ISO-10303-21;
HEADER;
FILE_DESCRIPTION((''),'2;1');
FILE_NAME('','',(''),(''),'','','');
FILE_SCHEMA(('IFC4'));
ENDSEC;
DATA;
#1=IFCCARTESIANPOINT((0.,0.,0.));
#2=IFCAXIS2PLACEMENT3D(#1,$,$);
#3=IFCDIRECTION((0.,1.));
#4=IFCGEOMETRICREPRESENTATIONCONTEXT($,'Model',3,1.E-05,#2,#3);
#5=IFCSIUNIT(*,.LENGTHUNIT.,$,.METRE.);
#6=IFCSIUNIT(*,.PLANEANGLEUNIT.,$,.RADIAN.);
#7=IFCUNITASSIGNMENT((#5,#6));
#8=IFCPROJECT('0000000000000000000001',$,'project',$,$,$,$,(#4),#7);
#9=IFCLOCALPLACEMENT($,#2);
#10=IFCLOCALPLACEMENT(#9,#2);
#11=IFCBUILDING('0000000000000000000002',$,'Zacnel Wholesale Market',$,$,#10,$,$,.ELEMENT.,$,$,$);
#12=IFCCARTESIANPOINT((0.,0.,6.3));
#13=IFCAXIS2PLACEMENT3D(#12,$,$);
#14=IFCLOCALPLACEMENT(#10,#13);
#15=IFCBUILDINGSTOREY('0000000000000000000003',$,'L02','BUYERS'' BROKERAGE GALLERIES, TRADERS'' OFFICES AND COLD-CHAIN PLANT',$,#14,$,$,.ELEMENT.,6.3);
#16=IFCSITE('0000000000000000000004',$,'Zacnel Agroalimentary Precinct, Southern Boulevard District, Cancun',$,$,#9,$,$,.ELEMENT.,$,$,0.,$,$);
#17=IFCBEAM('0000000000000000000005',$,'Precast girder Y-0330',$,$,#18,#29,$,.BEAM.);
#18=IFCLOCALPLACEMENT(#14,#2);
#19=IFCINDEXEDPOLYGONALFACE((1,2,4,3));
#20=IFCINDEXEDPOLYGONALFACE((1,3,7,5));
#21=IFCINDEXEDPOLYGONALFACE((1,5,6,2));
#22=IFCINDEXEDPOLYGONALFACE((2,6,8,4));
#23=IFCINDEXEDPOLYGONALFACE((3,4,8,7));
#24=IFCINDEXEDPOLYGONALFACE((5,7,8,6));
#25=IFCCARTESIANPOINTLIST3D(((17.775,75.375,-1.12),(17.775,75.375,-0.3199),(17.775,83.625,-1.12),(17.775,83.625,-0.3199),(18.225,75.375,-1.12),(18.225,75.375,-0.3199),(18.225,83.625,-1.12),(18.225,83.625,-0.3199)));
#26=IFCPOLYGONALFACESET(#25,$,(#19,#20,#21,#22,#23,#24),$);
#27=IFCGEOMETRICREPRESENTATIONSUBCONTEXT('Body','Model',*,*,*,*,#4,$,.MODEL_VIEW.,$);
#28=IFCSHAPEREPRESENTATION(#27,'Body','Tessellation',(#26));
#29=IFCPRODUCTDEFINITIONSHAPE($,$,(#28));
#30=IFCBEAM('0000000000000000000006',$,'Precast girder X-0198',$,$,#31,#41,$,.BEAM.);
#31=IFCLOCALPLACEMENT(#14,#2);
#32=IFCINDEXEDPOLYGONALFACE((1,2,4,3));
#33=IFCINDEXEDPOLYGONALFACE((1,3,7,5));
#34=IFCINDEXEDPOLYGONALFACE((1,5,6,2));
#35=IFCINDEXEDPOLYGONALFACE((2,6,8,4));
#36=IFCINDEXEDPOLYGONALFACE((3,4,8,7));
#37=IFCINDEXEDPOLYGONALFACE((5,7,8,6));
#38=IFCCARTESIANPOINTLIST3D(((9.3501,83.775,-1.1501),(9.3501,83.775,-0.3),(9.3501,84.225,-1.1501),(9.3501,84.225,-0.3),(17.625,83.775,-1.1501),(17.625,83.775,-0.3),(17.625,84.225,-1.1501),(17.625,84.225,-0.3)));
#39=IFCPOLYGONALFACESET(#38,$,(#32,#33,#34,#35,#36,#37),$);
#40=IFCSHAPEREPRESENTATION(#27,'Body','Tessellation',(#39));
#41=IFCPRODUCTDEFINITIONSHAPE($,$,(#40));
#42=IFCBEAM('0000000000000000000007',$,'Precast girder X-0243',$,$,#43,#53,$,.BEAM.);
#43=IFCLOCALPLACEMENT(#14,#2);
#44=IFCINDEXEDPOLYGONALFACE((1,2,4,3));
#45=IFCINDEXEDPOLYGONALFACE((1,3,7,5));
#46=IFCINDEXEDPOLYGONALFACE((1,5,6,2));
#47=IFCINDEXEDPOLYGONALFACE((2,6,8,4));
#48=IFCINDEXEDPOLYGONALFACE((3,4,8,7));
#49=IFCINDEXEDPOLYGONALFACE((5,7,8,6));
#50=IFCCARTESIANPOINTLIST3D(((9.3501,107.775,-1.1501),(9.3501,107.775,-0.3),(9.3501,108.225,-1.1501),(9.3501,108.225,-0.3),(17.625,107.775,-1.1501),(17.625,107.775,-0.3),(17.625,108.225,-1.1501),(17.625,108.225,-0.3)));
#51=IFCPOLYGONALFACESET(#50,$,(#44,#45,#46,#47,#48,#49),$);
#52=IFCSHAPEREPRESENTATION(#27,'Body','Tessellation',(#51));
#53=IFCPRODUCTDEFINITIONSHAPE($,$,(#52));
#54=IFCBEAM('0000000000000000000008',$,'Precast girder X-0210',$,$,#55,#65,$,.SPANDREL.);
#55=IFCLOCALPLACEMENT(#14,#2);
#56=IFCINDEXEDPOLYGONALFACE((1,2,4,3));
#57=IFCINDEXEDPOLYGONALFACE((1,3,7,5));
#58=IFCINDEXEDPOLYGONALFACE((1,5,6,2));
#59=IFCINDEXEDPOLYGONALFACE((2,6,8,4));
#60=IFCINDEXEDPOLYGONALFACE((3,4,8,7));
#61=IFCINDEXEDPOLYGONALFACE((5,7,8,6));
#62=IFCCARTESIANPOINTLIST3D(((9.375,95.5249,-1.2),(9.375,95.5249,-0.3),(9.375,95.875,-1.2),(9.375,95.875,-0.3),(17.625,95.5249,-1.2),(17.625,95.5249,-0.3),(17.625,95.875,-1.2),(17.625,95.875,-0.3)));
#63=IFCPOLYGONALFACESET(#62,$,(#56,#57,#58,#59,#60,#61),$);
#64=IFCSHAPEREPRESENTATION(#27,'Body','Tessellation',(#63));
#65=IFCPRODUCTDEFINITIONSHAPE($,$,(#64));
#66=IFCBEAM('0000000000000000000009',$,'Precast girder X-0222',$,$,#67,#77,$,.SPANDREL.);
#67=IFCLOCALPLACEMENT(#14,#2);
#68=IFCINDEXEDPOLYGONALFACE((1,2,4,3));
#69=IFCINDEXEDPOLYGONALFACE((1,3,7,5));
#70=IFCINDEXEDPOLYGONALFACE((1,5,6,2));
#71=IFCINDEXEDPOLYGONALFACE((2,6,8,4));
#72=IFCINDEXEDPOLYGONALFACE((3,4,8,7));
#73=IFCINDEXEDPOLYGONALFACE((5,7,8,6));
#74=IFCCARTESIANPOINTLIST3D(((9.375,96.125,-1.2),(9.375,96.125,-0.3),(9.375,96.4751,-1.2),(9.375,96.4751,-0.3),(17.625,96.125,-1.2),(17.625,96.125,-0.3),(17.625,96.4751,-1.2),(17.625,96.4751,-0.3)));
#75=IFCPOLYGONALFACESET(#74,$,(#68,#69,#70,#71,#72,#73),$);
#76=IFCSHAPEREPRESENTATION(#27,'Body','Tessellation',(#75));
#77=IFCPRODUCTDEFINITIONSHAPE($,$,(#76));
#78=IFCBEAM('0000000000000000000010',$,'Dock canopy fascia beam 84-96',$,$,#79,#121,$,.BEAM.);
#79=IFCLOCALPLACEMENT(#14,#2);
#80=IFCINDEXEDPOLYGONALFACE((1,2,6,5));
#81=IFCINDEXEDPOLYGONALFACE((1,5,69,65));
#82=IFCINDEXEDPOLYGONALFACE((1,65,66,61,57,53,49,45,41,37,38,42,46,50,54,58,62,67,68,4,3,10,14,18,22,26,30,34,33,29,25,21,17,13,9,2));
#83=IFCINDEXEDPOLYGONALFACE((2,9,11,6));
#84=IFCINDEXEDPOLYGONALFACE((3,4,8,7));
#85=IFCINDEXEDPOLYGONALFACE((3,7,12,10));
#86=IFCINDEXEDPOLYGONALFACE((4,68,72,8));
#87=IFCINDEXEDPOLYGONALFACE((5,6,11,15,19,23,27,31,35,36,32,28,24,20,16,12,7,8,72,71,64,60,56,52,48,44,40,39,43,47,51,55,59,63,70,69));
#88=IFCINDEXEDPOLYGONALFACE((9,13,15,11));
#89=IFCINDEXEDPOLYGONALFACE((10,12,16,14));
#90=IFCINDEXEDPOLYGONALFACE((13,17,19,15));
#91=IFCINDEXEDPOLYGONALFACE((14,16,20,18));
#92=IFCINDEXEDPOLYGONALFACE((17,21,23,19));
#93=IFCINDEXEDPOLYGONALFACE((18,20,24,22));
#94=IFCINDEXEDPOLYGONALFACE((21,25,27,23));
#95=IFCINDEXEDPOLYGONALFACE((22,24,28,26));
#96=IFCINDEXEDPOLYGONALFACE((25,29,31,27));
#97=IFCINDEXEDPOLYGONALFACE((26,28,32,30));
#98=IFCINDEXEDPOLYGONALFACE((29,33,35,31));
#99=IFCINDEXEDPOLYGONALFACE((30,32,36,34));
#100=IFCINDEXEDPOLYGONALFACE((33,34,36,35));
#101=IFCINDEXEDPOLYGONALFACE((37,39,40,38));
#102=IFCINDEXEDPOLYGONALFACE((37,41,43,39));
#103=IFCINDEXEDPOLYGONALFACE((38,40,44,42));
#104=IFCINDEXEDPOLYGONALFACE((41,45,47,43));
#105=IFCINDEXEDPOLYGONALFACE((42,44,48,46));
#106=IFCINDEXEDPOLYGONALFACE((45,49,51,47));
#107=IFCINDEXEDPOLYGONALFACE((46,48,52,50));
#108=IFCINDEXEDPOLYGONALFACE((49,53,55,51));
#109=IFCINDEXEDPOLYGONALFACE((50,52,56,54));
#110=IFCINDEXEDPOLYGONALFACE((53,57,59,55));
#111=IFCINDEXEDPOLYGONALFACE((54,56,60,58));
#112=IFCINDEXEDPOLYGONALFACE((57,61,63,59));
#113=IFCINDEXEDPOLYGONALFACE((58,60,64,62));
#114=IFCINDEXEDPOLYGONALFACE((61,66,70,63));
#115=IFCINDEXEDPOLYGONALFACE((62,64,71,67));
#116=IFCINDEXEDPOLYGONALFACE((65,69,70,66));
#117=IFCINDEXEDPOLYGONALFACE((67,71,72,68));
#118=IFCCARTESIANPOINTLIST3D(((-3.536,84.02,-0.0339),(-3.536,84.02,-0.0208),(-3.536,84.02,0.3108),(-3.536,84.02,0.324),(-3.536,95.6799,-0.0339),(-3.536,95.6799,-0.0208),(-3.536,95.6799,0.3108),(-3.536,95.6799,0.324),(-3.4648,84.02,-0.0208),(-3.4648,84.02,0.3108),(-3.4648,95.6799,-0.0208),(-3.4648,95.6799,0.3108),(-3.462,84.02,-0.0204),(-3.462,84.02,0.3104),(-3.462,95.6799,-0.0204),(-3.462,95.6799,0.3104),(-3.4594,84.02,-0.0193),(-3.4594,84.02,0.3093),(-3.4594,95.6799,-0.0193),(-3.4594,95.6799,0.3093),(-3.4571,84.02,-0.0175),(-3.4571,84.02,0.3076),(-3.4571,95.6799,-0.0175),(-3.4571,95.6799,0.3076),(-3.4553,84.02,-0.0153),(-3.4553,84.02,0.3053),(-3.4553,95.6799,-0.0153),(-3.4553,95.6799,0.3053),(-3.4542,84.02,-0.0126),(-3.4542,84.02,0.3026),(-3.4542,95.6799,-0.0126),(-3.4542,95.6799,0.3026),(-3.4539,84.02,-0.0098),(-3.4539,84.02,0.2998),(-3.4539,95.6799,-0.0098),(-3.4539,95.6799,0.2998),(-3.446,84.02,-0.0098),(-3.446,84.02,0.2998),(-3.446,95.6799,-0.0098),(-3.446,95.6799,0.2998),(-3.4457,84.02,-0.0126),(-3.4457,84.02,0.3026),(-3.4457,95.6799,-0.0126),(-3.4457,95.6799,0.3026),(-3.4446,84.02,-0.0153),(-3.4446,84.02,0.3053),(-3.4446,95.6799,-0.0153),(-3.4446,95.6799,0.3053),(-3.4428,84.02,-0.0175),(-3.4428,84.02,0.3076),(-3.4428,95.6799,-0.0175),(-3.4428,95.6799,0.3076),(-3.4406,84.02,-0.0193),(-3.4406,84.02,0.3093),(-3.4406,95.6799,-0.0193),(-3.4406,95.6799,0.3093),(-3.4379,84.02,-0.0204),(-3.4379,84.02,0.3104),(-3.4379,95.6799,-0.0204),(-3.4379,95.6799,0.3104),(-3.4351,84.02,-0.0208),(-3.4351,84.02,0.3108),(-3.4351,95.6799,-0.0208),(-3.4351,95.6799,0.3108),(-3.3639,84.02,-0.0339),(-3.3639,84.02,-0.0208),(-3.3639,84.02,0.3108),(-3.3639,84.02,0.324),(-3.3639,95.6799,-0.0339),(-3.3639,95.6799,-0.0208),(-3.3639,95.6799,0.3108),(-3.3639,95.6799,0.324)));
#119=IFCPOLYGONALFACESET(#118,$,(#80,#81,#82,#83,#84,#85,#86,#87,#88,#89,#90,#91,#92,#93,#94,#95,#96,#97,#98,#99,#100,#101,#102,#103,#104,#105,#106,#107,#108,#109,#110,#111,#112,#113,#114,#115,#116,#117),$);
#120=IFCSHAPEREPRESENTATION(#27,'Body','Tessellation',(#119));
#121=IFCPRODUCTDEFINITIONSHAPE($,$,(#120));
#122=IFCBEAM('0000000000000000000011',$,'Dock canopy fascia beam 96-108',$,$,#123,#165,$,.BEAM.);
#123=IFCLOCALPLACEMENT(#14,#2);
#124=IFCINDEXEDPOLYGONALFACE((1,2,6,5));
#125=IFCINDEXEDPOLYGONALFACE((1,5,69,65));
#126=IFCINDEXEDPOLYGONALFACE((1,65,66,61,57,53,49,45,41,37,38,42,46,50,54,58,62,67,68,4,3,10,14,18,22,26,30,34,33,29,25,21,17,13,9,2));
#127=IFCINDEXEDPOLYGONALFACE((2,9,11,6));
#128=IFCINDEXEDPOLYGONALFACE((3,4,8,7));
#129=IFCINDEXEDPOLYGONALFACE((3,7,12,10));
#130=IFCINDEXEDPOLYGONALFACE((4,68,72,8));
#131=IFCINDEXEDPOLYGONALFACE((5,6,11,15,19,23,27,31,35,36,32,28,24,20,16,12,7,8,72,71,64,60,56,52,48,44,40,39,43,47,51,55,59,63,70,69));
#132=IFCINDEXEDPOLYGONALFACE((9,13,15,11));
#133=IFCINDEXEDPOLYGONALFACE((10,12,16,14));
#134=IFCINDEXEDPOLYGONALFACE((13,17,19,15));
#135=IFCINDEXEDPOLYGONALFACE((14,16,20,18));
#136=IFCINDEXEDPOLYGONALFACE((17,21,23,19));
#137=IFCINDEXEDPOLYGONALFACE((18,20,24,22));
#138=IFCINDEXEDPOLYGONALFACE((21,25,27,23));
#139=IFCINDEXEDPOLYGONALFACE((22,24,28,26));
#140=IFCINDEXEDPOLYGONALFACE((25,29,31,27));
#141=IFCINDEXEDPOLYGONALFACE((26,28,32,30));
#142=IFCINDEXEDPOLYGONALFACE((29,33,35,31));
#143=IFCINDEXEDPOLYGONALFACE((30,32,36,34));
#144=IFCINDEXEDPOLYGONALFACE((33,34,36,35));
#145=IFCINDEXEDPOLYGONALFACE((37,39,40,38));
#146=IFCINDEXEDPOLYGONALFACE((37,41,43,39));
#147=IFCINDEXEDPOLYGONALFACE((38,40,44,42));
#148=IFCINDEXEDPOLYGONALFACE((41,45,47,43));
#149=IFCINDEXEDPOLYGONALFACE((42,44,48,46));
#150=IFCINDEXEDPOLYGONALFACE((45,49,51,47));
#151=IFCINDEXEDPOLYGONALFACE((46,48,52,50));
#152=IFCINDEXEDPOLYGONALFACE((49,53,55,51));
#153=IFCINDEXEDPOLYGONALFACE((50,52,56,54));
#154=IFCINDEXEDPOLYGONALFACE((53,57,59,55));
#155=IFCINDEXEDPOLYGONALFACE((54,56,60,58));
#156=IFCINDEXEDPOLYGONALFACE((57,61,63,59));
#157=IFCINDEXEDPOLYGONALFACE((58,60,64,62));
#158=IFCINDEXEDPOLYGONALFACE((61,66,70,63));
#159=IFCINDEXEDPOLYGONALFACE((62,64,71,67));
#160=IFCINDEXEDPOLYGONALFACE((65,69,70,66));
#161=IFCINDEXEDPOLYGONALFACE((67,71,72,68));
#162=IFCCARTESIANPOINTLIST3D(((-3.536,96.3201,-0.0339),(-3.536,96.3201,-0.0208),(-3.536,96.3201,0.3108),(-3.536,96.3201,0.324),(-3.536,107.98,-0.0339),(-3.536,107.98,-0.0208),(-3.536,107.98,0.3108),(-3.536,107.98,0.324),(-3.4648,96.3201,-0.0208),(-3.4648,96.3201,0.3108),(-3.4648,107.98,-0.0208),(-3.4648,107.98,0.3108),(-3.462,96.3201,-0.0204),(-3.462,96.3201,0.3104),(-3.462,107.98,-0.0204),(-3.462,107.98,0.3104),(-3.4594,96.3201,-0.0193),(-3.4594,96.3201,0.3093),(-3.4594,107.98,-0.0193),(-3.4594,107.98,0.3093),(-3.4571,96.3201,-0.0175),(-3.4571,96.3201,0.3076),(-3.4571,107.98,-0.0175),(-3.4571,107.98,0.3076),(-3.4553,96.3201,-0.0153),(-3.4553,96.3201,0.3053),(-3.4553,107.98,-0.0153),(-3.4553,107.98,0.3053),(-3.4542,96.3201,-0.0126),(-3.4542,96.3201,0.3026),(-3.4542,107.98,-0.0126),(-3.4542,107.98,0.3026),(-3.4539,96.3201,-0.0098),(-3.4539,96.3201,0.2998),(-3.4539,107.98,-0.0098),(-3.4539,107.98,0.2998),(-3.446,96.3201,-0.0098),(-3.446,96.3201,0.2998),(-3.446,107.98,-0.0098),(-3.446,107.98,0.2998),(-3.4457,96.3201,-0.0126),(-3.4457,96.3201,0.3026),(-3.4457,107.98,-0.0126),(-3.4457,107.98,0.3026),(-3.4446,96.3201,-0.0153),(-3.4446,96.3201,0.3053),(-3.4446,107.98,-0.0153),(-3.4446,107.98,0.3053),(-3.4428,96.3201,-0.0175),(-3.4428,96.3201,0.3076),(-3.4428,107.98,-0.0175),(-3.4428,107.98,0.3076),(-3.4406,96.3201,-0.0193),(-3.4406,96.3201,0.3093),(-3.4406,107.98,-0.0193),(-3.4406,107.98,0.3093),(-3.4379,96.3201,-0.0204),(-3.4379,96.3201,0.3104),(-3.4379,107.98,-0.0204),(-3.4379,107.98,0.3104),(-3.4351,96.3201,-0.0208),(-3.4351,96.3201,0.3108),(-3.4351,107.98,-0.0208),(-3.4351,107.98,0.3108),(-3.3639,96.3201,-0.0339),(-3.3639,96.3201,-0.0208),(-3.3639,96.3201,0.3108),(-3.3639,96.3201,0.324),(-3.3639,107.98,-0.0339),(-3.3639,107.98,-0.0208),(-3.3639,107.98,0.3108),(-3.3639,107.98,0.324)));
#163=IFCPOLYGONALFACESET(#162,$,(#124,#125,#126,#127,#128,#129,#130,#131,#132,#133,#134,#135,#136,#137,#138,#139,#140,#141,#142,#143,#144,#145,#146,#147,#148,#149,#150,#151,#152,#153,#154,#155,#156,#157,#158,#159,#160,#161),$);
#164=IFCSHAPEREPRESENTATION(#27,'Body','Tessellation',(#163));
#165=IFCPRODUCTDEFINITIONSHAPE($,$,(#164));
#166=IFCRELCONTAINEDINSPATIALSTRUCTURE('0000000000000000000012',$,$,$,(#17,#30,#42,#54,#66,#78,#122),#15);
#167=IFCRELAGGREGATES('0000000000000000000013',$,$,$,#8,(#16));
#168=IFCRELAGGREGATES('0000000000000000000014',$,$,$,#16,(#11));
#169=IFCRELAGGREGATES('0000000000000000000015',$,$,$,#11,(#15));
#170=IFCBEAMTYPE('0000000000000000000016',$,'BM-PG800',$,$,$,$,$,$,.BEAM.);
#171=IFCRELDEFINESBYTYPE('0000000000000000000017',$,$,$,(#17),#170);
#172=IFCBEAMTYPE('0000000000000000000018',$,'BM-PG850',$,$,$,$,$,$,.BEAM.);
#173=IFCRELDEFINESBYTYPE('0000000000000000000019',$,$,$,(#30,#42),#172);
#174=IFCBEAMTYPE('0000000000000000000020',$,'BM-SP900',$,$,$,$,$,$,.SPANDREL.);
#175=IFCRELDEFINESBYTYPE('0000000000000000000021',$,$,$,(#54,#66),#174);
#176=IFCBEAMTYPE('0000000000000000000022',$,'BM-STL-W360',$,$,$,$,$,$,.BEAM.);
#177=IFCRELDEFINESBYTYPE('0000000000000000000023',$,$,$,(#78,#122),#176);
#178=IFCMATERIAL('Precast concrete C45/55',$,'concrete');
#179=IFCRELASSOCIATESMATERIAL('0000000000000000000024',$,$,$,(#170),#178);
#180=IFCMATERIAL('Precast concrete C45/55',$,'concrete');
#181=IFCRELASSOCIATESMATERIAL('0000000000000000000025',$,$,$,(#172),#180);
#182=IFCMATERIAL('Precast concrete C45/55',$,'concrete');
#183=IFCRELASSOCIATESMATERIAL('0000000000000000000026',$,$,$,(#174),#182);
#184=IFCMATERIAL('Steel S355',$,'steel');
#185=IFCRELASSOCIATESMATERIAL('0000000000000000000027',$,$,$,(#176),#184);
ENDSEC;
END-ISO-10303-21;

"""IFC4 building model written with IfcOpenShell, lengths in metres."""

from ifc_helpers import new_model, si_unit, direction, frame, origin, origin_2d, place, context, subcontext, project, spatial, rectangle, i_section, extrude, material, material_profile, profile_set, type_object, element, save


model = new_model("IFC4")

# Units and contexts
model_context = context("Model", 3, precision=1e-05, world=origin(), true_north=direction((0.0, 1.0)))
body_context = subcontext(model_context, "Body", "Model", "MODEL_VIEW")
ifc_project = project(units=[si_unit("LENGTHUNIT", "METRE"), si_unit("PLANEANGLEUNIT", "RADIAN")], contexts=[model_context])

# Site, building, storey
site_placement = place(None, origin())
site = spatial("IfcSite", under=ifc_project, at=site_placement, Name="Zacnel Agroalimentary Precinct, Southern Boulevard District, Cancun", CompositionType="ELEMENT", RefElevation=0.0)
building_placement = place(site_placement, origin())
building = spatial("IfcBuilding", under=site, at=building_placement, Name="Zacnel Wholesale Market", CompositionType="ELEMENT")
storey_placement = place(building_placement, frame((0.0, 0.0, 6.3)))
storey = spatial("IfcBuildingStorey", under=building, at=storey_placement, Name="L02", Description="BUYERS' BROKERAGE GALLERIES, TRADERS' OFFICES AND COLD-CHAIN PLANT", CompositionType="ELEMENT", Elevation=6.3)

# Beams
ifc_material_1 = material(Name="Precast concrete C45/55", Category="concrete")
ifc_material_profile_1 = material_profile(ifc_material_1, rectangle(XDim=0.45, YDim=0.8, at=origin_2d()), Name="PG 450x800")
ifc_profile_set_1 = profile_set([ifc_material_profile_1], Name="Precast concrete C45/55")
beam_type_1 = type_object("IfcBeamType", Name="BM-PG800", PredefinedType="BEAM", material=ifc_profile_set_1)
beam_1_placement = place(storey_placement, frame((18.0, 75.375, -0.72), z_axis=(0.0, 1.0, 0.0), x_axis=(-1.0, 0.0, 0.0)))
element("IfcBeam", 1, at=beam_1_placement, inside=storey, type_object=beam_type_1, Name="Precast girder Y-0330", PredefinedType="BEAM", context=body_context, shape_type="SweptSolid", body=[
    extrude(rectangle(XDim=0.45, YDim=0.8, at=origin_2d()), origin(), (0.0, 0.0, 1.0), 8.25),
])
ifc_material_2 = material(Name="Precast concrete C45/55", Category="concrete")
ifc_material_profile_2 = material_profile(ifc_material_2, rectangle(XDim=0.45, YDim=0.8501, at=origin_2d()), Name="PG 450x850")
ifc_profile_set_2 = profile_set([ifc_material_profile_2], Name="Precast concrete C45/55")
beam_type_2 = type_object("IfcBeamType", Name="BM-PG850", PredefinedType="BEAM", material=ifc_profile_set_2)
for number, where, z_axis, x_axis, name in (
    (2, (9.3501, 84.0, -0.7251), (1.0, 0.0, 0.0), (0.0, 1.0, 0.0), "Precast girder X-0198"),
    (3, (9.3501, 108.0, -0.7251), (1.0, 0.0, 0.0), (0.0, 1.0, 0.0), "Precast girder X-0243"),
):
    element("IfcBeam", number, at=place(storey_placement, frame(where, z_axis=z_axis, x_axis=x_axis)), inside=storey, type_object=beam_type_2, Name=name, PredefinedType="BEAM", context=body_context, shape_type="SweptSolid", body=[
        extrude(rectangle(XDim=0.45, YDim=0.8501, at=origin_2d()), origin(), (0.0, 0.0, 1.0), 8.2749),
    ])
ifc_material_3 = material(Name="Precast concrete C45/55", Category="concrete")
ifc_material_profile_3 = material_profile(ifc_material_3, rectangle(XDim=0.3501, YDim=0.8999, at=origin_2d()), Name="SP 350x900")
ifc_profile_set_3 = profile_set([ifc_material_profile_3], Name="Precast concrete C45/55")
beam_type_3 = type_object("IfcBeamType", Name="BM-SP900", PredefinedType="SPANDREL", material=ifc_profile_set_3)
for number, where, z_axis, x_axis, name in (
    (4, (9.375, 95.7, -0.75), (1.0, 0.0, 0.0), (0.0, 1.0, 0.0), "Precast girder X-0210"),
    (5, (9.375, 96.3, -0.75), (1.0, 0.0, 0.0), (0.0, 1.0, 0.0), "Precast girder X-0222"),
):
    element("IfcBeam", number, at=place(storey_placement, frame(where, z_axis=z_axis, x_axis=x_axis)), inside=storey, type_object=beam_type_3, Name=name, PredefinedType="SPANDREL", context=body_context, shape_type="SweptSolid", body=[
        extrude(rectangle(XDim=0.3501, YDim=0.8999, at=origin_2d()), origin(), (0.0, 0.0, 1.0), 8.25),
    ])
ifc_material_4 = material(Name="Steel S355", Category="steel")
ifc_material_profile_4 = material_profile(ifc_material_4, i_section(OverallWidth=0.1721, OverallDepth=0.3579, WebThickness=0.0078, FlangeThickness=0.0132, FilletRadius=0.011, at=origin_2d()), Name="W360X57.8")
ifc_profile_set_4 = profile_set([ifc_material_profile_4], Name="Steel S355")
beam_type_4 = type_object("IfcBeamType", Name="BM-STL-W360", PredefinedType="BEAM", material=ifc_profile_set_4)
for number, where, z_axis, x_axis, name in (
    (6, (-3.45, 84.02, 0.145), (0.0, 1.0, 0.0), (-1.0, 0.0, 0.0), "Dock canopy fascia beam 84-96"),
    (7, (-3.45, 96.3201, 0.145), (0.0, 1.0, 0.0), (-1.0, 0.0, 0.0), "Dock canopy fascia beam 96-108"),
):
    element("IfcBeam", number, at=place(storey_placement, frame(where, z_axis=z_axis, x_axis=x_axis)), inside=storey, type_object=beam_type_4, Name=name, PredefinedType="BEAM", context=body_context, shape_type="SweptSolid", body=[
        extrude(i_section(OverallWidth=0.1721, OverallDepth=0.3579, WebThickness=0.0078, FlangeThickness=0.0132, FilletRadius=0.011, at=origin_2d()), origin(), (0.0, 0.0, 1.0), 11.6599),
    ])

save(model, "model.ifc")
